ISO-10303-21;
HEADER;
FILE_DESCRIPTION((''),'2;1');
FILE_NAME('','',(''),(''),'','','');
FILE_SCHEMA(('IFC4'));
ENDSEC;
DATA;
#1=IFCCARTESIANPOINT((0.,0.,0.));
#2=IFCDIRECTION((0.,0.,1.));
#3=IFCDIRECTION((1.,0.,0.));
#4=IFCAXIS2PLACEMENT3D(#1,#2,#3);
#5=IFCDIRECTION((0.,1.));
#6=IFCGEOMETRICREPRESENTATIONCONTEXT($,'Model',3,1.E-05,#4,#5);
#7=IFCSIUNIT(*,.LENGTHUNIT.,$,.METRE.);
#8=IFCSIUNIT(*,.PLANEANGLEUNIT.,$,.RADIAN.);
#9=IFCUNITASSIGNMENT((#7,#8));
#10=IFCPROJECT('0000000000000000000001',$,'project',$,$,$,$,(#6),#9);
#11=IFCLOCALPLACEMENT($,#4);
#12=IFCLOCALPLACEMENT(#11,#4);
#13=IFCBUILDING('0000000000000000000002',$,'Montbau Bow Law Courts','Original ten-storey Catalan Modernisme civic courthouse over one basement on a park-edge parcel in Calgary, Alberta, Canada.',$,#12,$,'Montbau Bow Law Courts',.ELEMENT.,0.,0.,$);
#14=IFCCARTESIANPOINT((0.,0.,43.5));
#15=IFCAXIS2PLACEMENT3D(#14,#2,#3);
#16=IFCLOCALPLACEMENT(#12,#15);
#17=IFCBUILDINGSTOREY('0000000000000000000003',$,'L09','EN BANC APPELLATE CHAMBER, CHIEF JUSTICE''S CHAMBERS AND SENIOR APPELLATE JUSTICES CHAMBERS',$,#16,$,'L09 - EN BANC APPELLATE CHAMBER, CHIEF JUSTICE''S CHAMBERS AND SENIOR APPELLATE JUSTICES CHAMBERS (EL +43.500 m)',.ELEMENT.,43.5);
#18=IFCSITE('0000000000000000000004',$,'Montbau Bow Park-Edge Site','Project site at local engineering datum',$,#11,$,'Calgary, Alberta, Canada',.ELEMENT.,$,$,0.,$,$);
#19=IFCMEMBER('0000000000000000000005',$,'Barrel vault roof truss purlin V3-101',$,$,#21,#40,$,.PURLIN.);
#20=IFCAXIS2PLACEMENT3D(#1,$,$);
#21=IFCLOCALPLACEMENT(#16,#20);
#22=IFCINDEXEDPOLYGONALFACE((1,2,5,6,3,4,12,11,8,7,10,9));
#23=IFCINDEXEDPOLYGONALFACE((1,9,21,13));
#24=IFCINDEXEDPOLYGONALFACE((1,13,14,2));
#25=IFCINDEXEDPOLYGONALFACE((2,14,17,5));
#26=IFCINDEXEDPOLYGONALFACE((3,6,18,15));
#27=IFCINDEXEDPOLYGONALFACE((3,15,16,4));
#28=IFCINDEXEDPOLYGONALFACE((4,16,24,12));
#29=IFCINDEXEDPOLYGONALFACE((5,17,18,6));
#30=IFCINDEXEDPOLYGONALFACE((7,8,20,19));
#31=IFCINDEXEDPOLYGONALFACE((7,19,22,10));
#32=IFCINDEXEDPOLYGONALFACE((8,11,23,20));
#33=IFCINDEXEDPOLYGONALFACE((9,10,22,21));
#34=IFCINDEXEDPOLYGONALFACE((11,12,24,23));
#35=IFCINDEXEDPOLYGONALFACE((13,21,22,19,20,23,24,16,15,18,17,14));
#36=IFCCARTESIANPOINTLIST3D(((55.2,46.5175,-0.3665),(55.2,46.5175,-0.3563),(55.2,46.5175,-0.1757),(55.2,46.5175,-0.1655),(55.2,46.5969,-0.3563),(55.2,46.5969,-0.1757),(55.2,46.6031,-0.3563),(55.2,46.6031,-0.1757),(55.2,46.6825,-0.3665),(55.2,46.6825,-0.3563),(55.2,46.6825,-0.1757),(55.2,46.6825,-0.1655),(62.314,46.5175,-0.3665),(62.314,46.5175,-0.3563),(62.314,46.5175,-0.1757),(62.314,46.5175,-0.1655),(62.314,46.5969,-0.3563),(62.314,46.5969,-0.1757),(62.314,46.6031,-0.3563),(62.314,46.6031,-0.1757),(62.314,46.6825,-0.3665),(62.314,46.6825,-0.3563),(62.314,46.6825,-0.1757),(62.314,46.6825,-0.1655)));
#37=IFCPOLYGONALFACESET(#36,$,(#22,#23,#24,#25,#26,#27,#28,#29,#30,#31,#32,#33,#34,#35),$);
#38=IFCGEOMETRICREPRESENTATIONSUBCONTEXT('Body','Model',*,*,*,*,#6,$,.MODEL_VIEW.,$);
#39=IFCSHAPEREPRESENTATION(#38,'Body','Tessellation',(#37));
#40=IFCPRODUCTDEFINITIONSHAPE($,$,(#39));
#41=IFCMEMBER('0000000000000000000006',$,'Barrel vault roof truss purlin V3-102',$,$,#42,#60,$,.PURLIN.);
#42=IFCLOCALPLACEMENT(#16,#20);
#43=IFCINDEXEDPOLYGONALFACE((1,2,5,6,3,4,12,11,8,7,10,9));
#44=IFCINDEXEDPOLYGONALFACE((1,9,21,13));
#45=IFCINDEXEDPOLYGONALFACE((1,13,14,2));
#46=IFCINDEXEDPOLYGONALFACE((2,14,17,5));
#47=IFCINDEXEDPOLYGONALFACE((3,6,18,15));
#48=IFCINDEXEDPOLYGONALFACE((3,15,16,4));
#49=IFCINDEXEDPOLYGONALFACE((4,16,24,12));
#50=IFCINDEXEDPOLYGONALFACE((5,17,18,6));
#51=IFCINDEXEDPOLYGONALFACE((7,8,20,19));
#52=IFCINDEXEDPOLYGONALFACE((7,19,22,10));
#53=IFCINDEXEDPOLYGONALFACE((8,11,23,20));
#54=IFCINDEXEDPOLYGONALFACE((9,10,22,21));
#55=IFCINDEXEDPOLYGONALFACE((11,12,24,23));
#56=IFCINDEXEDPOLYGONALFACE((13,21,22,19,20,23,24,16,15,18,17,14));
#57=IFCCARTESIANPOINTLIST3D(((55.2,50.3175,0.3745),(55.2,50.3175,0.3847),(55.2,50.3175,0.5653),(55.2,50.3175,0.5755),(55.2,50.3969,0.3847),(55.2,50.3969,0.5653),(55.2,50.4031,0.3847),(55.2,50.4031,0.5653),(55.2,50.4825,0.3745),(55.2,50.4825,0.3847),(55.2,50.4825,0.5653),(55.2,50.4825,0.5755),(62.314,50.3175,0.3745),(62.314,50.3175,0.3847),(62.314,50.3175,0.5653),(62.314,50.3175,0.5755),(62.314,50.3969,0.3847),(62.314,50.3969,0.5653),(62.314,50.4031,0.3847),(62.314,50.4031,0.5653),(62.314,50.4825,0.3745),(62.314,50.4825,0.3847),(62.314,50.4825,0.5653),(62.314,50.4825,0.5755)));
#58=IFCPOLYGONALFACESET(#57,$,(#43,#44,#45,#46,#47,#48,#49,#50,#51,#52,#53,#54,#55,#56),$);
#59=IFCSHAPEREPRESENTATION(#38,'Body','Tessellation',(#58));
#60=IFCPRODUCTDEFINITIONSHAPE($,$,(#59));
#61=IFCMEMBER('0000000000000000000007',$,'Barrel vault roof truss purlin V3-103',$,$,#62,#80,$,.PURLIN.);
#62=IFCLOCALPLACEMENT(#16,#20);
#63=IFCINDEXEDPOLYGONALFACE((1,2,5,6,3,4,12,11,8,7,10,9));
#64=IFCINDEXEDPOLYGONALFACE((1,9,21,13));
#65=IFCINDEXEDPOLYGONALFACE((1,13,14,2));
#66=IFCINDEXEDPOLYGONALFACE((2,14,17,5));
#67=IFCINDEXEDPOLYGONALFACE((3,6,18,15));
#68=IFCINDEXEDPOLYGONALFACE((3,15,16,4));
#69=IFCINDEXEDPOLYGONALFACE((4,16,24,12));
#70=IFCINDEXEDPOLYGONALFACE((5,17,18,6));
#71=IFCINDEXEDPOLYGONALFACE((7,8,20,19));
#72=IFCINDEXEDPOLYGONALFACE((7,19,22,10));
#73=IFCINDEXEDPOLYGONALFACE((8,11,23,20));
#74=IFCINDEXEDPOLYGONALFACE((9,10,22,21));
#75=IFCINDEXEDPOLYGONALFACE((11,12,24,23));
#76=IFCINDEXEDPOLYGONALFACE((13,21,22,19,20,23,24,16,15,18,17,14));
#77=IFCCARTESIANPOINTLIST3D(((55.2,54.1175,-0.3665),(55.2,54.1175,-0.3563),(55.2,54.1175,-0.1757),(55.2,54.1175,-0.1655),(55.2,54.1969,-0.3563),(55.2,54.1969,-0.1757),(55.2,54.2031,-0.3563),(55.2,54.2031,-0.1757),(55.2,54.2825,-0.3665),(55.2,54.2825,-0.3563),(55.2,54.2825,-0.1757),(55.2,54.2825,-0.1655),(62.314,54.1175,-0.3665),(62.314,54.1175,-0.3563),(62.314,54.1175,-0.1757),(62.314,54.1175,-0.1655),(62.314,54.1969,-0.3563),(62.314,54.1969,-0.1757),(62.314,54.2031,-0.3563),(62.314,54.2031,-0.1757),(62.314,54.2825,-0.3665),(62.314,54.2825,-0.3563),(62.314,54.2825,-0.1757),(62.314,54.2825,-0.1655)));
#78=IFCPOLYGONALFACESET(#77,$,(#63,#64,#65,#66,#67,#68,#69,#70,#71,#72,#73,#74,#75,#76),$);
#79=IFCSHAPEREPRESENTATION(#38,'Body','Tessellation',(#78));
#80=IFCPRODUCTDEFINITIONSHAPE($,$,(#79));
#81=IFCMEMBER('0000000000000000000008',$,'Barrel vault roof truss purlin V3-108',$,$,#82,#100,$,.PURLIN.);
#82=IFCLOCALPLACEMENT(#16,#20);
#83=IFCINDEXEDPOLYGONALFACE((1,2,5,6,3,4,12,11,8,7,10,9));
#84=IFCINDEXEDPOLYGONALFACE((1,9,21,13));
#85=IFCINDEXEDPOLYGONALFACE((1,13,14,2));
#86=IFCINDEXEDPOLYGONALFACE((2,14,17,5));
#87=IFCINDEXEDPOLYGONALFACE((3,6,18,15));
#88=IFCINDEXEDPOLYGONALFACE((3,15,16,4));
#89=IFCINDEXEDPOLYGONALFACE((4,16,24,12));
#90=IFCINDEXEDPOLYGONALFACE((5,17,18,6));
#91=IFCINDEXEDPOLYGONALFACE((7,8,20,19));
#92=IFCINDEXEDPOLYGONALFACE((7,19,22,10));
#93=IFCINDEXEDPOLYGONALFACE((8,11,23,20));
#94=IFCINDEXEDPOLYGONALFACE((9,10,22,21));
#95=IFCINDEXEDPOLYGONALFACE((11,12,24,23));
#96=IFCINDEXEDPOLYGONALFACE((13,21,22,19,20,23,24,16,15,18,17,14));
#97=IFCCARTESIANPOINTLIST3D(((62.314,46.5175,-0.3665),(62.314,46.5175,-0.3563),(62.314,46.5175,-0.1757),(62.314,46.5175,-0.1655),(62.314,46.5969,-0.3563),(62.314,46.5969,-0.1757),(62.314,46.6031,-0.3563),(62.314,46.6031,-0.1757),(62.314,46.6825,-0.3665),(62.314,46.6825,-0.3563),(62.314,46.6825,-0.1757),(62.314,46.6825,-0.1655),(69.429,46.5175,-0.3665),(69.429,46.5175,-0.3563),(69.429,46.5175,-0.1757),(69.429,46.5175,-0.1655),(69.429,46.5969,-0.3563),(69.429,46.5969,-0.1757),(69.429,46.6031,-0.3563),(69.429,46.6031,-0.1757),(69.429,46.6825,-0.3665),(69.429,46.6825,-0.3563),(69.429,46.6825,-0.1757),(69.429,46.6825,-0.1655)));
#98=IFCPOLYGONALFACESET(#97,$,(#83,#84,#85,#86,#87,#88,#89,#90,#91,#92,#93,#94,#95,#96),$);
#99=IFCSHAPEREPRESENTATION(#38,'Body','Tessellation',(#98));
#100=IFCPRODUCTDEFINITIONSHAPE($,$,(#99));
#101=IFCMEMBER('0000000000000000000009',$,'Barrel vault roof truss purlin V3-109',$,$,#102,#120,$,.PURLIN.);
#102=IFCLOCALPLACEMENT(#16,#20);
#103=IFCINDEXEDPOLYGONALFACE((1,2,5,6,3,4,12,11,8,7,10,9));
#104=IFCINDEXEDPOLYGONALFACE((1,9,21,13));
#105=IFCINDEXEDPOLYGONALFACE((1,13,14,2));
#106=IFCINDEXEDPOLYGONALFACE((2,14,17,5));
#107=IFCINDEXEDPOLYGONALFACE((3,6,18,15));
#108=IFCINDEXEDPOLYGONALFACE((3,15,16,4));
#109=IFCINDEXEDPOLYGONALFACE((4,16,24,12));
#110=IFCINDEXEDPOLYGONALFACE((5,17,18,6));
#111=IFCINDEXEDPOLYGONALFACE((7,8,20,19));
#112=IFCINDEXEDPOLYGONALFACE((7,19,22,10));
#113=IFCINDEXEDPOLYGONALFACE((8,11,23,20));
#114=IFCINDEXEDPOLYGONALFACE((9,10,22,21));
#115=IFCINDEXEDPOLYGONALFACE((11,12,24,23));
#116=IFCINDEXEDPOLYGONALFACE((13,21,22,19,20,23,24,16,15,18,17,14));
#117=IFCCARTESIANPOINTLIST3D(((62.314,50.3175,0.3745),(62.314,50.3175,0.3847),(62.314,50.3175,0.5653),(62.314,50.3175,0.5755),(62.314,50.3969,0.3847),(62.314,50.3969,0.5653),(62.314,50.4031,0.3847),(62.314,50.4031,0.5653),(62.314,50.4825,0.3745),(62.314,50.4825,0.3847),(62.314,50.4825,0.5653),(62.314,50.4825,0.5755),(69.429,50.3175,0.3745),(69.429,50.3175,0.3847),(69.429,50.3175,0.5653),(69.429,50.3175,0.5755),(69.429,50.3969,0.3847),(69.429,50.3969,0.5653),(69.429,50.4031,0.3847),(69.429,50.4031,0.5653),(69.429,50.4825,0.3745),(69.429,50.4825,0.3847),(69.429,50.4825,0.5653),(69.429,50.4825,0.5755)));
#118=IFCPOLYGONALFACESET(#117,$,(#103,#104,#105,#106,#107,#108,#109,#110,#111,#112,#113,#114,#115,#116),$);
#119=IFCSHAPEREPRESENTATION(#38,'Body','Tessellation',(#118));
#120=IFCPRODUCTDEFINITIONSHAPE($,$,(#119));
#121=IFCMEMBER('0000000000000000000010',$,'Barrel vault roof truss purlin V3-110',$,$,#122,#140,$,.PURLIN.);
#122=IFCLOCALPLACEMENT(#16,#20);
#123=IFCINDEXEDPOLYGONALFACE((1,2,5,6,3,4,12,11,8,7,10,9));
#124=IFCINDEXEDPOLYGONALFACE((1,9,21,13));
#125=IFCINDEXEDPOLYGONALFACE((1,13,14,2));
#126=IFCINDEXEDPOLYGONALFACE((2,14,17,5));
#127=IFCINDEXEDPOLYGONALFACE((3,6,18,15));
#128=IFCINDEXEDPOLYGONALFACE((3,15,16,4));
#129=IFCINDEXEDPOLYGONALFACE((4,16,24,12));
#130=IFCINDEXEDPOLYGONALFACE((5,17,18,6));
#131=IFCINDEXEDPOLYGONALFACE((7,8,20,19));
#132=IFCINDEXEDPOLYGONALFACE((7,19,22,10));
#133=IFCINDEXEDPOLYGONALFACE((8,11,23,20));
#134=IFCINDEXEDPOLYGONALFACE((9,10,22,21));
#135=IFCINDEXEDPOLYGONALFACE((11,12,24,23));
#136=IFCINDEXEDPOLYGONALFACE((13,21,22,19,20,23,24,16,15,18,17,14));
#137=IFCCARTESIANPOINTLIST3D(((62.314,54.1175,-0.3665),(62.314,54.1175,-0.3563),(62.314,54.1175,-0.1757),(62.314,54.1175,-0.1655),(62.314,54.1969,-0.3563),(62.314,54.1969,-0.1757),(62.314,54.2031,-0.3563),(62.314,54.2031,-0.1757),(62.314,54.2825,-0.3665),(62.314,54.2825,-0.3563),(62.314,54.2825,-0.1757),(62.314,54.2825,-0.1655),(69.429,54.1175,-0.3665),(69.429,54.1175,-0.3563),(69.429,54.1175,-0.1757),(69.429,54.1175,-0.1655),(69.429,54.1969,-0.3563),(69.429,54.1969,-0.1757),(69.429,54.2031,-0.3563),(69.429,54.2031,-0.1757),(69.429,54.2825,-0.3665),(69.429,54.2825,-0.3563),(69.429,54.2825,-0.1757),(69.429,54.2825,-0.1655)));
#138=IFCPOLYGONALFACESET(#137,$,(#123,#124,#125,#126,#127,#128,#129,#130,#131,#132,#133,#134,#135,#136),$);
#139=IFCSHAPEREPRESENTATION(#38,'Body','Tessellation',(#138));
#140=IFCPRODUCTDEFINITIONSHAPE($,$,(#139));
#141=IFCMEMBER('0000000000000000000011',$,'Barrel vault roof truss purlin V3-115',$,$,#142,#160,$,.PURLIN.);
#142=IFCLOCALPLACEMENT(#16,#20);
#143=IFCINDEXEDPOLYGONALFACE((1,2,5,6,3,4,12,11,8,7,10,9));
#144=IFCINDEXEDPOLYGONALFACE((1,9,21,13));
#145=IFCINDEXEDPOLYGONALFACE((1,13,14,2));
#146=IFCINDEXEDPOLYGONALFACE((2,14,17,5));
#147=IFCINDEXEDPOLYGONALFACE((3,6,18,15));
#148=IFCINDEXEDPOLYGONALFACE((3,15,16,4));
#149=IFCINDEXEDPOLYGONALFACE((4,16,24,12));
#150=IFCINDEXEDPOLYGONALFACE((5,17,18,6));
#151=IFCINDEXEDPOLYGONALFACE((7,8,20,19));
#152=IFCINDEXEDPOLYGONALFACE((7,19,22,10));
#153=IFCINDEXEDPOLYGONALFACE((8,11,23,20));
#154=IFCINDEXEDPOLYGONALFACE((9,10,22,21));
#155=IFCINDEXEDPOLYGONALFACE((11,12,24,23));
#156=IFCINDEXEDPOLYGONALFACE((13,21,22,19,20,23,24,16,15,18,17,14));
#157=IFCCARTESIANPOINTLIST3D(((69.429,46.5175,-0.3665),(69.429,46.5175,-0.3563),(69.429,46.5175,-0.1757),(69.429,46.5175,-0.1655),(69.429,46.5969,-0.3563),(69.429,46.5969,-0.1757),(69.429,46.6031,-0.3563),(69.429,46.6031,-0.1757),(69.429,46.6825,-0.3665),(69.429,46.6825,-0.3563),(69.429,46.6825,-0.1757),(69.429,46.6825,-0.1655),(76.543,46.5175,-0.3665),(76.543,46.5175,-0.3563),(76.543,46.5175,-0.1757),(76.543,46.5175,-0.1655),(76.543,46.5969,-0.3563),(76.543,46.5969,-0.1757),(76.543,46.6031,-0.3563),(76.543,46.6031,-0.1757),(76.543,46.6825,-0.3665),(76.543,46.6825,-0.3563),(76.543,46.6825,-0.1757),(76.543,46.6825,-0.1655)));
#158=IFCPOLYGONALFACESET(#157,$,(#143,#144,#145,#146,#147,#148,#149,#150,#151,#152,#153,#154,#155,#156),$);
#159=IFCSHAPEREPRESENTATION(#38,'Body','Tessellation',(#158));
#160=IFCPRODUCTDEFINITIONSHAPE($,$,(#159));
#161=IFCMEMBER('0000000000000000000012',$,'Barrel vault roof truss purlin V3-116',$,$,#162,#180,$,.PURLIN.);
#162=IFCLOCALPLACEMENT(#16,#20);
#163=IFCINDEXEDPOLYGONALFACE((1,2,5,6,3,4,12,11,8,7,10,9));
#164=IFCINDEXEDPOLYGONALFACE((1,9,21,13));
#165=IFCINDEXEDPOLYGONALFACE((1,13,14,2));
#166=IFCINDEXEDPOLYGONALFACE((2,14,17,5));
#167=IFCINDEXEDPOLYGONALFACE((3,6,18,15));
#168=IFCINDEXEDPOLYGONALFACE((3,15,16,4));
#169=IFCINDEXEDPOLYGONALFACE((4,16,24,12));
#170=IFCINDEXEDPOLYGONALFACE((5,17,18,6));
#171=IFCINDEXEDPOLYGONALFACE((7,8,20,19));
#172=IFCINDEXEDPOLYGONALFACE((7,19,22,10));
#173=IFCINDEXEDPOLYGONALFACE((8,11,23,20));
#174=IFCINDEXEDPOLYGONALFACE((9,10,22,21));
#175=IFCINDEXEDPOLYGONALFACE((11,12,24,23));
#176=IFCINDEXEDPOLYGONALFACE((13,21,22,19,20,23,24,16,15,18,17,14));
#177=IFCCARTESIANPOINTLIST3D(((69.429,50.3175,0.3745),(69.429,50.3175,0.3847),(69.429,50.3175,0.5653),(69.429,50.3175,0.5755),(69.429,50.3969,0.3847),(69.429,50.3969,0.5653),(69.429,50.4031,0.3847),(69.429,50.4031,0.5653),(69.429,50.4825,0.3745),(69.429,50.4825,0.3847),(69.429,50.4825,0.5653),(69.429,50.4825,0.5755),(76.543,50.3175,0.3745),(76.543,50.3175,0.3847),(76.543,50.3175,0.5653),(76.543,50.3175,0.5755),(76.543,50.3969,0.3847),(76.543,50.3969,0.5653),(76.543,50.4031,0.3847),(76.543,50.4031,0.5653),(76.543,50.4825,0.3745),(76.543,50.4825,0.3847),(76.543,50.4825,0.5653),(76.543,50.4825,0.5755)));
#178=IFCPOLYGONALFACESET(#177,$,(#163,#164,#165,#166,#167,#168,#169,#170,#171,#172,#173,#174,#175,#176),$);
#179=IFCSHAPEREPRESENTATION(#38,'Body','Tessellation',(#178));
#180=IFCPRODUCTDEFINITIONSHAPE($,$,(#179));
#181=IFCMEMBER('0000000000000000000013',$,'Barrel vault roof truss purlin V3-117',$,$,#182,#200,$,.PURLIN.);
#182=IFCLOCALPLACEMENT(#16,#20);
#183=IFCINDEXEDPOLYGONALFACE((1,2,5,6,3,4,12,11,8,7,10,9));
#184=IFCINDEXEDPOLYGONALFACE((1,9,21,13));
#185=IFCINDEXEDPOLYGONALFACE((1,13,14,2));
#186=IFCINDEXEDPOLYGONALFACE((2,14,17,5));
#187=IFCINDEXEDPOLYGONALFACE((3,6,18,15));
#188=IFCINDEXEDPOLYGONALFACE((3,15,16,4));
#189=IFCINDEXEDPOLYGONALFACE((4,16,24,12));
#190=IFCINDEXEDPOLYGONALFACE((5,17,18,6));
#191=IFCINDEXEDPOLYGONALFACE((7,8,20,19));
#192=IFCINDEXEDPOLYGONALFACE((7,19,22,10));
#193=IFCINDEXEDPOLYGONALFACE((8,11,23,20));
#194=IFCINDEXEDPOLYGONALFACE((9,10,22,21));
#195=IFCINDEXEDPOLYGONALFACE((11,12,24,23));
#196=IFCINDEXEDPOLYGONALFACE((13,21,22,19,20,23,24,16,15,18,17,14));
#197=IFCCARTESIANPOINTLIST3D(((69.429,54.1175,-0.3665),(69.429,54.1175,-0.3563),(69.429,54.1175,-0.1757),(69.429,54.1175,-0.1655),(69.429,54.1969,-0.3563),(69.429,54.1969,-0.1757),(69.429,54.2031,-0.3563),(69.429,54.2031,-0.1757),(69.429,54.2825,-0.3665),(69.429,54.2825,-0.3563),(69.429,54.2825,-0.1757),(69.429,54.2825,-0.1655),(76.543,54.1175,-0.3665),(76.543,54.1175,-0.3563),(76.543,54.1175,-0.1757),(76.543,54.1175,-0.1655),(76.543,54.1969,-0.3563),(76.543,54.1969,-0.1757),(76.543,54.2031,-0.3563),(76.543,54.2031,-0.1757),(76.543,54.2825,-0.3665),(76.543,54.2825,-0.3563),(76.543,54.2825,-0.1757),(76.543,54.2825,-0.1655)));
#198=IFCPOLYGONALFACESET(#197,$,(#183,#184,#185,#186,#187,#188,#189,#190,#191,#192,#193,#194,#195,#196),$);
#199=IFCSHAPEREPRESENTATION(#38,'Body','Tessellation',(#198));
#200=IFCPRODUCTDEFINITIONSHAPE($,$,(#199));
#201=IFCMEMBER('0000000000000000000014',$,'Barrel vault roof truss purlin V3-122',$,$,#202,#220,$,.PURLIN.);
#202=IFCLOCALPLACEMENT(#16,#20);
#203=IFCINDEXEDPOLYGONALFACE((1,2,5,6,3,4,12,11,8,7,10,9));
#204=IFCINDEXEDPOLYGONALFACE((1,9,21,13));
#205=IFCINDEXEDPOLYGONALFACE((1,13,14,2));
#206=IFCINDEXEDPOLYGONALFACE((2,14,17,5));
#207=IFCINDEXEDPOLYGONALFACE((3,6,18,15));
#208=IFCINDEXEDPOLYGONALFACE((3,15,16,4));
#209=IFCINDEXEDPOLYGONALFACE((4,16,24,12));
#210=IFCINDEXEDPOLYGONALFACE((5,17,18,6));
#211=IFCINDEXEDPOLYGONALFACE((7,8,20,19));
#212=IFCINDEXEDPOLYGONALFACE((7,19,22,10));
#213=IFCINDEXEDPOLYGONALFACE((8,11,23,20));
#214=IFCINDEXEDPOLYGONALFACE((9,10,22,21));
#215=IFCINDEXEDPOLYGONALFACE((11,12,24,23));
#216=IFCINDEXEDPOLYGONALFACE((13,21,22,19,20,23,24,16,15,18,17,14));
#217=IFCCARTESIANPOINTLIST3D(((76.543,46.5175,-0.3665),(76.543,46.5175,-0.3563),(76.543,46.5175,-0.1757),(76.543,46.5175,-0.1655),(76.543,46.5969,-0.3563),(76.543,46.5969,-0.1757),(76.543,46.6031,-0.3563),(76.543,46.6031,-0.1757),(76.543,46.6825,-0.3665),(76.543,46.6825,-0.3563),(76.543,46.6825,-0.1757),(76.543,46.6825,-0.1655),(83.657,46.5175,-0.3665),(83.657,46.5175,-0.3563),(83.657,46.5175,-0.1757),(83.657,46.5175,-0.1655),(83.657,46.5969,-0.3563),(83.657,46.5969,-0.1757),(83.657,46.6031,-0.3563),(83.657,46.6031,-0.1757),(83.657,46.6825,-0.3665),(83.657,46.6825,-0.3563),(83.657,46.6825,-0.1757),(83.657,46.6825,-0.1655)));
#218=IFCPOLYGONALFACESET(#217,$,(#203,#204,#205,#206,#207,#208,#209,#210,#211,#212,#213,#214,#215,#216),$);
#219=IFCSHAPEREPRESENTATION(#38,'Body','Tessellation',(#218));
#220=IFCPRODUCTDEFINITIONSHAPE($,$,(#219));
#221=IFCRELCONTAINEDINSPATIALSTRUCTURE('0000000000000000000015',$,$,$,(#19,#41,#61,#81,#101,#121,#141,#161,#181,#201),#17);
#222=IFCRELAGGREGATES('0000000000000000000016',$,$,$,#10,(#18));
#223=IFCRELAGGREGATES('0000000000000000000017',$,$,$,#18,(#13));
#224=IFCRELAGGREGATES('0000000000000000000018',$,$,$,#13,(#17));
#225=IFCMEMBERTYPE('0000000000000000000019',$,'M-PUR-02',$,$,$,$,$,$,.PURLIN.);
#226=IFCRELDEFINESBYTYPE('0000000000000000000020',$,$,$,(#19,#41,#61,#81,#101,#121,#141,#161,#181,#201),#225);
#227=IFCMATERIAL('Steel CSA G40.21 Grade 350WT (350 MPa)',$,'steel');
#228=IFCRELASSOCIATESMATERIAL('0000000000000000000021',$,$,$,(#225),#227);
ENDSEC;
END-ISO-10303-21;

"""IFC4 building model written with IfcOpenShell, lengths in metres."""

from ifc_helpers import new_model, si_unit, direction, frame, origin_with_axes, origin_2d_with_axis, place, context, subcontext, project, spatial, i_section, extrude, material, material_profile, profile_set, type_object, element, save


model = new_model("IFC4")

# Units and contexts
model_context = context("Model", 3, precision=1e-05, world=origin_with_axes(), true_north=direction((0.0, 1.0)))
body_context = subcontext(model_context, "Body", "Model", "MODEL_VIEW")
ifc_project = project(units=[si_unit("LENGTHUNIT", "METRE"), si_unit("PLANEANGLEUNIT", "RADIAN")], contexts=[model_context])

# Site, building, storey
site_placement = place(None, origin_with_axes())
site = spatial("IfcSite", under=ifc_project, at=site_placement, Name="Montbau Bow Park-Edge Site", Description="Project site at local engineering datum", LongName="Calgary, Alberta, Canada", CompositionType="ELEMENT", RefElevation=0.0)
building_placement = place(site_placement, origin_with_axes())
building = spatial("IfcBuilding", under=site, at=building_placement, Name="Montbau Bow Law Courts", Description="Original ten-storey Catalan Modernisme civic courthouse over one basement on a park-edge parcel in Calgary, Alberta, Canada.", LongName="Montbau Bow Law Courts", CompositionType="ELEMENT", ElevationOfRefHeight=0.0, ElevationOfTerrain=0.0)
storey_placement = place(building_placement, frame((0.0, 0.0, 43.5), z_axis=(0.0, 0.0, 1.0), x_axis=(1.0, 0.0, 0.0)))
storey = spatial("IfcBuildingStorey", under=building, at=storey_placement, Name="L09", Description="EN BANC APPELLATE CHAMBER, CHIEF JUSTICE'S CHAMBERS AND SENIOR APPELLATE JUSTICES CHAMBERS", LongName="L09 - EN BANC APPELLATE CHAMBER, CHIEF JUSTICE'S CHAMBERS AND SENIOR APPELLATE JUSTICES CHAMBERS (EL +43.500 m)", CompositionType="ELEMENT", Elevation=43.5)

# Members
ifc_material_1 = material(Name="Steel CSA G40.21 Grade 350WT (350 MPa)", Category="steel")
ifc_material_profile = material_profile(ifc_material_1, i_section(OverallWidth=0.165, OverallDepth=0.201, WebThickness=0.0062, FlangeThickness=0.0102, at=origin_2d_with_axis()), Name="W200X36", Category="Main", Priority=0)
ifc_profile_set = profile_set([ifc_material_profile], Name="Steel CSA G40.21 Grade 350WT (350 MPa)")
member_type = type_object("IfcMemberType", Name="M-PUR-02", PredefinedType="PURLIN", material=ifc_profile_set)
for number, where, z_axis, x_axis, name in (
    (1, (55.2, 46.6, 43.234), (1.0, 0.0, 0.0), (0.0, 1.0, 0.0), "Barrel vault roof truss purlin V3-101"),
    (2, (55.2, 50.4, 43.975), (1.0, 0.0, 0.0), (0.0, 1.0, 0.0), "Barrel vault roof truss purlin V3-102"),
    (3, (55.2, 54.2, 43.234), (1.0, 0.0, 0.0), (0.0, 1.0, 0.0), "Barrel vault roof truss purlin V3-103"),
):
    element("IfcMember", number, at=place(None, frame(where, z_axis=z_axis, x_axis=x_axis)), inside=storey, type_object=member_type, Name=name, PredefinedType="PURLIN", context=body_context, shape_type="SweptSolid", body=[
        extrude(i_section(OverallWidth=0.165, OverallDepth=0.201, WebThickness=0.0062, FlangeThickness=0.0102, at=origin_2d_with_axis()), origin_with_axes(), (0.0, 0.0, 1.0), 7.114),
    ])
for number, where, z_axis, x_axis, name in (
    (4, (62.314, 46.6, 43.234), (1.0, 0.0, 0.0), (0.0, 1.0, 0.0), "Barrel vault roof truss purlin V3-108"),
    (5, (62.314, 50.4, 43.975), (1.0, 0.0, 0.0), (0.0, 1.0, 0.0), "Barrel vault roof truss purlin V3-109"),
    (6, (62.314, 54.2, 43.234), (1.0, 0.0, 0.0), (0.0, 1.0, 0.0), "Barrel vault roof truss purlin V3-110"),
):
    element("IfcMember", number, at=place(None, frame(where, z_axis=z_axis, x_axis=x_axis)), inside=storey, type_object=member_type, Name=name, PredefinedType="PURLIN", context=body_context, shape_type="SweptSolid", body=[
        extrude(i_section(OverallWidth=0.165, OverallDepth=0.201, WebThickness=0.0062, FlangeThickness=0.0102, at=origin_2d_with_axis()), origin_with_axes(), (0.0, 0.0, 1.0), 7.115),
    ])
for number, where, z_axis, x_axis, name in (
    (7, (69.429, 46.6, 43.234), (1.0, 0.0, 0.0), (0.0, 1.0, 0.0), "Barrel vault roof truss purlin V3-115"),
    (8, (69.429, 50.4, 43.975), (1.0, 0.0, 0.0), (0.0, 1.0, 0.0), "Barrel vault roof truss purlin V3-116"),
    (9, (69.429, 54.2, 43.234), (1.0, 0.0, 0.0), (0.0, 1.0, 0.0), "Barrel vault roof truss purlin V3-117"),
    (10, (76.543, 46.6, 43.234), (1.0, 0.0, 0.0), (0.0, 1.0, 0.0), "Barrel vault roof truss purlin V3-122"),
):
    element("IfcMember", number, at=place(None, frame(where, z_axis=z_axis, x_axis=x_axis)), inside=storey, type_object=member_type, Name=name, PredefinedType="PURLIN", context=body_context, shape_type="SweptSolid", body=[
        extrude(i_section(OverallWidth=0.165, OverallDepth=0.201, WebThickness=0.0062, FlangeThickness=0.0102, at=origin_2d_with_axis()), origin_with_axes(), (0.0, 0.0, 1.0), 7.114),
    ])

save(model, "model.ifc")
